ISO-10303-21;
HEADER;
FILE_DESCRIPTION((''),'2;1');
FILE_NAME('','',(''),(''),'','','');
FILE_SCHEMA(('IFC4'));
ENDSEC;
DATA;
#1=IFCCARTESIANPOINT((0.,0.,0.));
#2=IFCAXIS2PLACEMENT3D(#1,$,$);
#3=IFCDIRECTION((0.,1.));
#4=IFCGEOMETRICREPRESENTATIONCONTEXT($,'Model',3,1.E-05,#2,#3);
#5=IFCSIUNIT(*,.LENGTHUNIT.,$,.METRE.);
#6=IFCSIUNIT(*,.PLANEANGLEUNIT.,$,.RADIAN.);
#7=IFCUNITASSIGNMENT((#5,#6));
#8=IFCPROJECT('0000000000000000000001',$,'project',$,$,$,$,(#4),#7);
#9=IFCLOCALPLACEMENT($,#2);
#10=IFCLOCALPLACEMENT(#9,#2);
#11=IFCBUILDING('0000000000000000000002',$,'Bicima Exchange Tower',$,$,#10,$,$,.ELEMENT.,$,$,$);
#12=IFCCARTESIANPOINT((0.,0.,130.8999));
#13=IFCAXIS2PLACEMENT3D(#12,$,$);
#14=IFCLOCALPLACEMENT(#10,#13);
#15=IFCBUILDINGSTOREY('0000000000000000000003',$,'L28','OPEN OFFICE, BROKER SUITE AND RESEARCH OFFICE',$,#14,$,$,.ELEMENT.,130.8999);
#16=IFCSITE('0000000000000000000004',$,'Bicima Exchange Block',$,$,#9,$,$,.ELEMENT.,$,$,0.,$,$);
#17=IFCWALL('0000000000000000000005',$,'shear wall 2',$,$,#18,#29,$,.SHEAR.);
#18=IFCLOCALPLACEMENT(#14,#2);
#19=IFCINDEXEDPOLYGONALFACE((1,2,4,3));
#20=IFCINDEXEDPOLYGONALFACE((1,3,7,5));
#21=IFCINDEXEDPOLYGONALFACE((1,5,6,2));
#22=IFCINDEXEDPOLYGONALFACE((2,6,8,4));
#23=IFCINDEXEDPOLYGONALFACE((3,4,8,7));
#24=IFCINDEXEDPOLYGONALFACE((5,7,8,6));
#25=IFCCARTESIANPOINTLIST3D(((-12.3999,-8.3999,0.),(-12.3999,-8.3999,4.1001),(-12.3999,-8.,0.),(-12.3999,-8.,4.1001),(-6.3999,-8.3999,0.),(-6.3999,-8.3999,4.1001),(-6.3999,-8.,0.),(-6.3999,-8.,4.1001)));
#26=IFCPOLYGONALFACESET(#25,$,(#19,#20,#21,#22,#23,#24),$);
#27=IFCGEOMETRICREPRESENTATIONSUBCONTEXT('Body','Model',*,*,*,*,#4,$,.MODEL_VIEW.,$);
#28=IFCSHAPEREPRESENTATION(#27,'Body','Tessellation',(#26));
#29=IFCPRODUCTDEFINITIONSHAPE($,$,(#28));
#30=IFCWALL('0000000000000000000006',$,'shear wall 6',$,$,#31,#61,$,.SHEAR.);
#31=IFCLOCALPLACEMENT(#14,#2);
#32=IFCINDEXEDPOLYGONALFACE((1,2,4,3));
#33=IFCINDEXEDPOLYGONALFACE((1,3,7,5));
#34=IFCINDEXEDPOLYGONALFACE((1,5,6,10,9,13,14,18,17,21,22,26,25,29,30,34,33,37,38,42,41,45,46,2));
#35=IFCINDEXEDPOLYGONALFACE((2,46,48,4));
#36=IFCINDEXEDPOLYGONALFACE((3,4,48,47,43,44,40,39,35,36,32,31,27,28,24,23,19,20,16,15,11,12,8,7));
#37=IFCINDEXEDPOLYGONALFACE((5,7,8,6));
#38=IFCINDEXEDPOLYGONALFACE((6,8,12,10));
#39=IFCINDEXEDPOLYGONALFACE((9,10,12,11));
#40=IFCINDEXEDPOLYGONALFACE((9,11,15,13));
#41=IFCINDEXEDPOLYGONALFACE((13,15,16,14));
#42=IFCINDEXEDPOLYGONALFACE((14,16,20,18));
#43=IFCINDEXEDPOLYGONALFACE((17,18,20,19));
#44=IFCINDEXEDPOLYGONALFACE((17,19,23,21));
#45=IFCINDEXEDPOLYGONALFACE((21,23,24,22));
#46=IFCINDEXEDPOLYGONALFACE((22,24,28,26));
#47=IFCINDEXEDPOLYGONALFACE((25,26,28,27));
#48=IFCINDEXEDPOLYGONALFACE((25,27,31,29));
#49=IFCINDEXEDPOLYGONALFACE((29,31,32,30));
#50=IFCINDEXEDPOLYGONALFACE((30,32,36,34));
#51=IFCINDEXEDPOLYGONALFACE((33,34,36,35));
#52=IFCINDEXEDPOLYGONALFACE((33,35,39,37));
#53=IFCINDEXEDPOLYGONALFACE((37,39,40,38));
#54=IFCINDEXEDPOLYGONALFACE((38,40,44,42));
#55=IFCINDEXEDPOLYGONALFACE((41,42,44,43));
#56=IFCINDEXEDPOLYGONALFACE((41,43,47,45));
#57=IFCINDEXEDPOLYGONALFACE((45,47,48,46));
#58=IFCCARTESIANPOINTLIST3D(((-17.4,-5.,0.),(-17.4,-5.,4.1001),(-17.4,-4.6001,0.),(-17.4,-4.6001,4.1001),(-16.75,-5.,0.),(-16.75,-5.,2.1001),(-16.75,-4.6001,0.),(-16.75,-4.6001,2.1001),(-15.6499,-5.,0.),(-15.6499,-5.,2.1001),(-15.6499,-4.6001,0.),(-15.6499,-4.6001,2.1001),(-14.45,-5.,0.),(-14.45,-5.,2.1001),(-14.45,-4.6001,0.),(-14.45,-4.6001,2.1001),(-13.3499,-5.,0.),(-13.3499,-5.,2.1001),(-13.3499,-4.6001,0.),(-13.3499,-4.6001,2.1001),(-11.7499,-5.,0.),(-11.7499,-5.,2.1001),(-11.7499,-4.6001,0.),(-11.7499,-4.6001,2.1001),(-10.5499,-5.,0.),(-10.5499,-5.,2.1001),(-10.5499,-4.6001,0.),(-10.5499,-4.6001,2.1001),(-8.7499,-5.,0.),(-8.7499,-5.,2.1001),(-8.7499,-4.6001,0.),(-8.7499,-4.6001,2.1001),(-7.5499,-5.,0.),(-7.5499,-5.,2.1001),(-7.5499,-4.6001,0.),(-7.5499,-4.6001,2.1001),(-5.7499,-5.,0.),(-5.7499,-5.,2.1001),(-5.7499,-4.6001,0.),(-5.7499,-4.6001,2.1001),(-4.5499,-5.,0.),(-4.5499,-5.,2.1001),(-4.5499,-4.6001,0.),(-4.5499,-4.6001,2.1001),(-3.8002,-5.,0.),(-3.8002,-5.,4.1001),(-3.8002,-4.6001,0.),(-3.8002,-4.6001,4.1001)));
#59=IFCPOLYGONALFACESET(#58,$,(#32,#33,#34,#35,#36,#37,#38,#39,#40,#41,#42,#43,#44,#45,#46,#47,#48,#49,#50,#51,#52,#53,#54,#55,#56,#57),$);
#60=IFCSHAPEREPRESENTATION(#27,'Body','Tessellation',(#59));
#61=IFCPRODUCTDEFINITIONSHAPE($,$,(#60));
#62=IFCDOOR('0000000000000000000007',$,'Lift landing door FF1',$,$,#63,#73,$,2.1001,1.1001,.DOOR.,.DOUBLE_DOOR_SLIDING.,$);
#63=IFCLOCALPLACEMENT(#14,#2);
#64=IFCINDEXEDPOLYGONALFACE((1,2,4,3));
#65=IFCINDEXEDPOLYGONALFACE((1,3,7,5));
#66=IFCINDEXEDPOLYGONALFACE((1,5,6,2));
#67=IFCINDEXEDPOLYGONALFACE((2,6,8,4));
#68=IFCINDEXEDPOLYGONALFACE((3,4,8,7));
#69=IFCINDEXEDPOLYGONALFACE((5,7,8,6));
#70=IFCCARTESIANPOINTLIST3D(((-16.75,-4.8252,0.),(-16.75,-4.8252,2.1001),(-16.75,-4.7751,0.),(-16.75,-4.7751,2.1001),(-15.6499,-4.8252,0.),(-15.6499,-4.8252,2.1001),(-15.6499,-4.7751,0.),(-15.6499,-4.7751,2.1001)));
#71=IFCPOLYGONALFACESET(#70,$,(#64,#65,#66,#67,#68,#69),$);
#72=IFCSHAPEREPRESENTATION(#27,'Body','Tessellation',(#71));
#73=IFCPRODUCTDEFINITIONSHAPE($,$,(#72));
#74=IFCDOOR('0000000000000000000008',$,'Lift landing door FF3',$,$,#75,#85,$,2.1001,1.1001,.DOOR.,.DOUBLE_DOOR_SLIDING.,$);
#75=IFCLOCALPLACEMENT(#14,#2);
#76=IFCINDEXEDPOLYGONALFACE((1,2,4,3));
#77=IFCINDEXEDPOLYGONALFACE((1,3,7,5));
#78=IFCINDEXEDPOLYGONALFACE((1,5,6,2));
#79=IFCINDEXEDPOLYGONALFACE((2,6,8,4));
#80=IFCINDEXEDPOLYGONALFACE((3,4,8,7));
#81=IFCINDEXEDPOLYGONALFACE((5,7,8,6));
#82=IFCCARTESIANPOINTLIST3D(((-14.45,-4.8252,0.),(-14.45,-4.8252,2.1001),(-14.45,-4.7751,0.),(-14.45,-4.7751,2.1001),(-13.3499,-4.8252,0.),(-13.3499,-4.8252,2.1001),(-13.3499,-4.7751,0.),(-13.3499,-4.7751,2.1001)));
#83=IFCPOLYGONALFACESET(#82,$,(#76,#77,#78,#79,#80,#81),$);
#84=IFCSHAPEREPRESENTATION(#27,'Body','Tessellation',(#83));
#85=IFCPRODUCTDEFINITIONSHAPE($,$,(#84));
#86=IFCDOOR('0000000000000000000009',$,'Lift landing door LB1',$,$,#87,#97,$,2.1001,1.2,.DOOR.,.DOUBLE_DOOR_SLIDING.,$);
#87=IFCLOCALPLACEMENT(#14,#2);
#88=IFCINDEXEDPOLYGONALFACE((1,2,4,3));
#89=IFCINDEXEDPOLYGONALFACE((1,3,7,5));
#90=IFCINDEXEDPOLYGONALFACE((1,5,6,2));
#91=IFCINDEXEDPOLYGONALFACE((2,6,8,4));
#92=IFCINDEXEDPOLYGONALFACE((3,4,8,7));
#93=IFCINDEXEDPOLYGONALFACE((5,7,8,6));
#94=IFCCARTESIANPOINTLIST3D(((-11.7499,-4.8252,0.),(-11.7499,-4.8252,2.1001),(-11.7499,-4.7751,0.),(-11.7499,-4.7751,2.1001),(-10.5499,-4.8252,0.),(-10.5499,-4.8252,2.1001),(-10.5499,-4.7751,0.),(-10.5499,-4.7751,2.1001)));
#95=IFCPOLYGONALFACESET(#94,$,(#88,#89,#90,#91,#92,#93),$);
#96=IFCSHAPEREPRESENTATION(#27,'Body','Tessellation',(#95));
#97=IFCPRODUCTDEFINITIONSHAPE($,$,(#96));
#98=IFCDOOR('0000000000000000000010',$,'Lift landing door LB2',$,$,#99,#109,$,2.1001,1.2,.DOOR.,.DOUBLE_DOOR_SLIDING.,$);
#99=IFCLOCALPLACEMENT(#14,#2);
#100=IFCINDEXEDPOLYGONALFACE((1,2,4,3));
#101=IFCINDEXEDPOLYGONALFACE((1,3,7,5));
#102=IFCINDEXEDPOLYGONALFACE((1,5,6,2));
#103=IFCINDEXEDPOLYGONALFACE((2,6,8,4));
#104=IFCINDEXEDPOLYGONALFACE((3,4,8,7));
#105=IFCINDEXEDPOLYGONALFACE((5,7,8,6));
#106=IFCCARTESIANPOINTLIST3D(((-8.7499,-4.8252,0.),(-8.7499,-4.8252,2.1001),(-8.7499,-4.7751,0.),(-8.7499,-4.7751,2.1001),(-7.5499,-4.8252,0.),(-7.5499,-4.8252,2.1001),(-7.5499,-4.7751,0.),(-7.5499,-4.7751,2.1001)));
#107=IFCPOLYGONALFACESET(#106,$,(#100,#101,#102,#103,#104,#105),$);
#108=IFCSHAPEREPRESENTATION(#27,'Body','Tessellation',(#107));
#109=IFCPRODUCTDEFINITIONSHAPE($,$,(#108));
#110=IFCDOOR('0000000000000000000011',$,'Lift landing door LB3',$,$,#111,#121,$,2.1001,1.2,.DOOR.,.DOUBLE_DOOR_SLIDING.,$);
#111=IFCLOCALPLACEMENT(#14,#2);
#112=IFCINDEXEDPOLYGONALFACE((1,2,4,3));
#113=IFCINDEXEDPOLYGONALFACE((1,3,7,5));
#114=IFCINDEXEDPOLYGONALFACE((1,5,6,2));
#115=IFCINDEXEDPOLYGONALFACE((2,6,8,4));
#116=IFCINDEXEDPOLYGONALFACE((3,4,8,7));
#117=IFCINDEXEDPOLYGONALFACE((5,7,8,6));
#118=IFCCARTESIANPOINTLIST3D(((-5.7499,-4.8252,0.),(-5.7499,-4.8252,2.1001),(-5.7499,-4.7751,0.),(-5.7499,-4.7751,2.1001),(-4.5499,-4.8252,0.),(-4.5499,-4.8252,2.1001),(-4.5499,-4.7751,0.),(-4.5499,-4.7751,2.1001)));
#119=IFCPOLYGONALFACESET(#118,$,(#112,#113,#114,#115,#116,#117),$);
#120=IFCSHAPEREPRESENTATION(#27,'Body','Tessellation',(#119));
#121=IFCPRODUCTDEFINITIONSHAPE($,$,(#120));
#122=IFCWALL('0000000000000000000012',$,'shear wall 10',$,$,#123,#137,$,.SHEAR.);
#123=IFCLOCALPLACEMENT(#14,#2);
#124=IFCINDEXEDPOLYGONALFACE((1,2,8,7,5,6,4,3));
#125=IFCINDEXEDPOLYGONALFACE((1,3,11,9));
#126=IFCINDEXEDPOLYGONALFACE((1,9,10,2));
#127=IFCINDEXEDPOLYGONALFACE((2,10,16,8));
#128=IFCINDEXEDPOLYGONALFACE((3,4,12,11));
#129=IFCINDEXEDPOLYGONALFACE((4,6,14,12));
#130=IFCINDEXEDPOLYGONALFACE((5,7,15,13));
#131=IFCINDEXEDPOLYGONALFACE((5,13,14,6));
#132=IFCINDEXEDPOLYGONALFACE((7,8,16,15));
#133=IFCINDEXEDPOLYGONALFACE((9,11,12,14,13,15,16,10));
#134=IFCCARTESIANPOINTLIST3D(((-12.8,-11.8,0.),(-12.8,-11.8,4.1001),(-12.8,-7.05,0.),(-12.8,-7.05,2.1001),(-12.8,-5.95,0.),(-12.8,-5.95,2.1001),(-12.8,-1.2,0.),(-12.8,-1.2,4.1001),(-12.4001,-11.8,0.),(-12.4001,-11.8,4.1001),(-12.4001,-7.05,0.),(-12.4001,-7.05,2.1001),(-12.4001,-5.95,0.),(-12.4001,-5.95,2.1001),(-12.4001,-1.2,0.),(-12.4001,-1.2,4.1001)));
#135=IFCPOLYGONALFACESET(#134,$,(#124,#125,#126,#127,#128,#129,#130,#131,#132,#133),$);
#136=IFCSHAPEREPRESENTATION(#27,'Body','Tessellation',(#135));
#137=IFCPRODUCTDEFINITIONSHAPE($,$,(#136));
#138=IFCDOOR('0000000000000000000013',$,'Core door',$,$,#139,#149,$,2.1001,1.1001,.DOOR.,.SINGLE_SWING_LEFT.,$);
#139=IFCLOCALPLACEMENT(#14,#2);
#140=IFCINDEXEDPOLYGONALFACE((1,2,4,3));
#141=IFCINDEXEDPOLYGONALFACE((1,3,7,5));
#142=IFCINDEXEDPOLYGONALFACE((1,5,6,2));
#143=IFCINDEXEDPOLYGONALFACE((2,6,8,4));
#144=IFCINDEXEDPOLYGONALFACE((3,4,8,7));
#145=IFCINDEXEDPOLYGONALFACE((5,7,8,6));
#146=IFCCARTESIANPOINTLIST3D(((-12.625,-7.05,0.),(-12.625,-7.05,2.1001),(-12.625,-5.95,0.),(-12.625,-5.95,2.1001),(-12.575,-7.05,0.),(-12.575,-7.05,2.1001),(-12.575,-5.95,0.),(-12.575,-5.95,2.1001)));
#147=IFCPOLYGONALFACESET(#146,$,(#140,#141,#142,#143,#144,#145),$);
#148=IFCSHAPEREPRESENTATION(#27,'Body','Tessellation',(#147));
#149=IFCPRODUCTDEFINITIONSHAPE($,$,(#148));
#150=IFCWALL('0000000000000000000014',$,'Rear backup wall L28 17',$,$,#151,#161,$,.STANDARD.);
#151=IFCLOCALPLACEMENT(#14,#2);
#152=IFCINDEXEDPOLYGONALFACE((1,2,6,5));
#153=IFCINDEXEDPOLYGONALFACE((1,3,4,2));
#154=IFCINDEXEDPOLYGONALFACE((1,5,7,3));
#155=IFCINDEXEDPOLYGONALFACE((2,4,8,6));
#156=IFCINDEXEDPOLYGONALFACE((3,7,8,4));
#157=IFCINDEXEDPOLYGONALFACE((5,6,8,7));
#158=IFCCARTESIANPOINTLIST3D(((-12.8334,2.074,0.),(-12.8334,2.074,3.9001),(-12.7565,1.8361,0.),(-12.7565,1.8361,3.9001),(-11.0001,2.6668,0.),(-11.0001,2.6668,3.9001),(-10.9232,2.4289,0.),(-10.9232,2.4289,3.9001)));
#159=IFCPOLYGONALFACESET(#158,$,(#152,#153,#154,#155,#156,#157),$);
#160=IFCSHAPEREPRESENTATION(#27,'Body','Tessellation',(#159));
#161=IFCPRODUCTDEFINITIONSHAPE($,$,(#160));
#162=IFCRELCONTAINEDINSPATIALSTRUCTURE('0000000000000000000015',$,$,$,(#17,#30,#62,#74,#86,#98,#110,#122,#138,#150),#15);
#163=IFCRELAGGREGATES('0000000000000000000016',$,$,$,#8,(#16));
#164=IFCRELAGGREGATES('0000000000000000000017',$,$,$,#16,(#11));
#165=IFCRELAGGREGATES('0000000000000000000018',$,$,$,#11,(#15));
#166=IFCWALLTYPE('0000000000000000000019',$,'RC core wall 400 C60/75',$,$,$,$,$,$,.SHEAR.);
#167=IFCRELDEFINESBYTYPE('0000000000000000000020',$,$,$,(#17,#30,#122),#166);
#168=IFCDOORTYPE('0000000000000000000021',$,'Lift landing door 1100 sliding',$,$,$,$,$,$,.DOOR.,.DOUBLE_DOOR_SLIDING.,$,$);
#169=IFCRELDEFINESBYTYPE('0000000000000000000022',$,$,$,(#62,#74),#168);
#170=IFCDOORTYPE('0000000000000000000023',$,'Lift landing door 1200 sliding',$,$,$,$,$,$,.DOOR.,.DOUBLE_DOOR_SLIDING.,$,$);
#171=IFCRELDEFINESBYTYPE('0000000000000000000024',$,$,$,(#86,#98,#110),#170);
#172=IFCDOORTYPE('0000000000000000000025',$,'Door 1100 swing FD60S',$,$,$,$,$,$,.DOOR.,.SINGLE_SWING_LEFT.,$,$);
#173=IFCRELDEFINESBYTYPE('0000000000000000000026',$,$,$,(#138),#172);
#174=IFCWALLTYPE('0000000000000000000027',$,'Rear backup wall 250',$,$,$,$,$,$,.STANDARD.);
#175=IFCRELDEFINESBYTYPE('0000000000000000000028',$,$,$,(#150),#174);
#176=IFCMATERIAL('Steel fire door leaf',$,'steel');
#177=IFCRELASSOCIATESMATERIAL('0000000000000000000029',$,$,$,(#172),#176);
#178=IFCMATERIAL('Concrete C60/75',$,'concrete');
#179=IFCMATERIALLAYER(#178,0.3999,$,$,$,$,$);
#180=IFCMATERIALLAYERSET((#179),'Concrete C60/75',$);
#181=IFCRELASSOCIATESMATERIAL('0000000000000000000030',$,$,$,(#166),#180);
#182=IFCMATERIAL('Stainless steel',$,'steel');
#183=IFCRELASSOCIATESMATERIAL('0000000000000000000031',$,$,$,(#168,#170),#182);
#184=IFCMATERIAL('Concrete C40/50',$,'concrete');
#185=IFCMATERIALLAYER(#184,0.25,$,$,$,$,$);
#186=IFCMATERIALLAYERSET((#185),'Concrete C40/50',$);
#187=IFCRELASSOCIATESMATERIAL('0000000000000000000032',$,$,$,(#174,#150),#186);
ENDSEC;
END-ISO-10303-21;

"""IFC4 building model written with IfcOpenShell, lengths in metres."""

from ifc_helpers import new_model, si_unit, direction, frame, frame_2d, origin, place, context, subcontext, project, spatial, rectangle, extrude, material, layer, layer_set, layer_usage, type_object, element, fill, save


model = new_model("IFC4")

# Units and contexts
model_context = context("Model", 3, precision=1e-05, world=origin(), true_north=direction((0.0, 1.0)))
body_context = subcontext(model_context, "Body", "Model", "MODEL_VIEW")
ifc_project = project(units=[si_unit("LENGTHUNIT", "METRE"), si_unit("PLANEANGLEUNIT", "RADIAN")], contexts=[model_context])

# Site, building, storey
site_placement = place(None, origin())
site = spatial("IfcSite", under=ifc_project, at=site_placement, Name="Bicima Exchange Block", CompositionType="ELEMENT", RefElevation=0.0)
building_placement = place(site_placement, origin())
building = spatial("IfcBuilding", under=site, at=building_placement, Name="Bicima Exchange Tower", CompositionType="ELEMENT")
storey_placement = place(building_placement, frame((0.0, 0.0, 130.8999)))
storey = spatial("IfcBuildingStorey", under=building, at=storey_placement, Name="L28", Description="OPEN OFFICE, BROKER SUITE AND RESEARCH OFFICE", CompositionType="ELEMENT", Elevation=130.8999)

# Shared definitions
ifc_material_1 = material(Name="Steel fire door leaf", Category="steel")
door_type_1 = type_object("IfcDoorType", Name="Door 1100 swing FD60S", OperationType="SINGLE_SWING_LEFT", PredefinedType="DOOR", material=ifc_material_1)

# Wall
ifc_material_2 = material(Name="Concrete C60/75", Category="concrete")
ifc_layer_1 = layer(ifc_material_2, 0.3999)
ifc_layer_set_1 = layer_set([ifc_layer_1], Name="Concrete C60/75")
wall_type_1 = type_object("IfcWallType", Name="RC core wall 400 C60/75", PredefinedType="SHEAR", material=ifc_layer_set_1)
wall_1_placement = place(storey_placement, frame((-12.3999, -8.2, 0.0), z_axis=(0.0, 0.0, 1.0), x_axis=(1.0, 0.0, 0.0)))
element("IfcWall", 1, at=wall_1_placement, inside=storey, type_object=wall_type_1, Name="shear wall 2", PredefinedType="SHEAR", context=body_context, shape_type="SweptSolid", body=[
    extrude(rectangle(XDim=6.0, YDim=0.3999, at=frame_2d((3.0, 0.0))), origin(), (0.0, 0.0, 1.0), 4.1001),
])

# Wall, openings, doors
wall_2_placement = place(storey_placement, frame((-17.3999, -4.8, 0.0), z_axis=(0.0, 0.0, 1.0), x_axis=(1.0, 0.0, 0.0)))
wall_2 = element("IfcWall", 2, at=wall_2_placement, inside=storey, type_object=wall_type_1, Name="shear wall 6", PredefinedType="SHEAR", context=body_context, shape_type="SweptSolid", body=[
    extrude(rectangle(XDim=13.5999, YDim=0.3999, at=frame_2d((6.7998, 0.0))), origin(), (0.0, 0.0, 1.0), 4.1001),
])
opening_1_placement = place(wall_2_placement, frame((0.6499, 0.0, 0.0)))
opening_1 = element("IfcOpeningElement", 3, at=opening_1_placement, cuts=wall_2, PredefinedType="OPENING", context=body_context, shape_type="SweptSolid", body=[
    extrude(rectangle(XDim=1.1001, YDim=2.1001, at=frame_2d((0.55, 1.05))), frame((0.0, 0.2119, 0.0), z_axis=(0.0, -1.0, 0.0), x_axis=(1.0, 0.0, 0.0)), (0.0, 0.0, 1.0), 0.4238),
])
opening_2_placement = place(wall_2_placement, frame((2.95, 0.0, 0.0)))
opening_2 = element("IfcOpeningElement", 4, at=opening_2_placement, cuts=wall_2, PredefinedType="OPENING", context=body_context, shape_type="SweptSolid", body=[
    extrude(rectangle(XDim=1.1001, YDim=2.1001, at=frame_2d((0.55, 1.05))), frame((0.0, 0.2119, 0.0), z_axis=(0.0, -1.0, 0.0), x_axis=(1.0, 0.0, 0.0)), (0.0, 0.0, 1.0), 0.4238),
])
opening_3_placement = place(wall_2_placement, frame((5.6499, 0.0, 0.0)))
opening_3 = element("IfcOpeningElement", 5, at=opening_3_placement, cuts=wall_2, PredefinedType="OPENING", context=body_context, shape_type="SweptSolid", body=[
    extrude(rectangle(XDim=1.2, YDim=2.1001, at=frame_2d((0.6001, 1.05))), frame((0.0, 0.2119, 0.0), z_axis=(0.0, -1.0, 0.0), x_axis=(1.0, 0.0, 0.0)), (0.0, 0.0, 1.0), 0.4238),
])
opening_4_placement = place(wall_2_placement, frame((8.6499, 0.0, 0.0)))
opening_4 = element("IfcOpeningElement", 6, at=opening_4_placement, cuts=wall_2, PredefinedType="OPENING", context=body_context, shape_type="SweptSolid", body=[
    extrude(rectangle(XDim=1.2, YDim=2.1001, at=frame_2d((0.6001, 1.05))), frame((0.0, 0.2119, 0.0), z_axis=(0.0, -1.0, 0.0), x_axis=(1.0, 0.0, 0.0)), (0.0, 0.0, 1.0), 0.4238),
])
opening_5_placement = place(wall_2_placement, frame((11.6499, 0.0, 0.0)))
opening_5 = element("IfcOpeningElement", 7, at=opening_5_placement, cuts=wall_2, PredefinedType="OPENING", context=body_context, shape_type="SweptSolid", body=[
    extrude(rectangle(XDim=1.2, YDim=2.1001, at=frame_2d((0.6001, 1.05))), frame((0.0, 0.2119, 0.0), z_axis=(0.0, -1.0, 0.0), x_axis=(1.0, 0.0, 0.0)), (0.0, 0.0, 1.0), 0.4238),
])
ifc_material_3 = material(Name="Stainless steel", Category="steel")
door_type_2 = type_object("IfcDoorType", Name="Lift landing door 1100 sliding", OperationType="DOUBLE_DOOR_SLIDING", PredefinedType="DOOR", material=ifc_material_3)
door_1_placement = place(opening_1_placement, origin())
door_1 = element("IfcDoor", 8, at=door_1_placement, inside=storey, type_object=door_type_2, Name="Lift landing door FF1", OperationType="DOUBLE_DOOR_SLIDING", OverallHeight=2.1001, OverallWidth=1.1001, PredefinedType="DOOR", context=body_context, shape_type="SweptSolid", body=[
    extrude(rectangle(XDim=1.1001, YDim=2.1001, at=frame_2d((0.55, 1.05))), frame((0.0, 0.0249, 0.0), z_axis=(0.0, -1.0, 0.0), x_axis=(1.0, 0.0, 0.0)), (0.0, 0.0, 1.0), 0.05),
])
fill(opening_1, door_1)
door_2_placement = place(opening_2_placement, origin())
door_2 = element("IfcDoor", 9, at=door_2_placement, inside=storey, type_object=door_type_2, Name="Lift landing door FF3", OperationType="DOUBLE_DOOR_SLIDING", OverallHeight=2.1001, OverallWidth=1.1001, PredefinedType="DOOR", context=body_context, shape_type="SweptSolid", body=[
    extrude(rectangle(XDim=1.1001, YDim=2.1001, at=frame_2d((0.55, 1.05))), frame((0.0, 0.0249, 0.0), z_axis=(0.0, -1.0, 0.0), x_axis=(1.0, 0.0, 0.0)), (0.0, 0.0, 1.0), 0.05),
])
fill(opening_2, door_2)
door_type_3 = type_object("IfcDoorType", Name="Lift landing door 1200 sliding", OperationType="DOUBLE_DOOR_SLIDING", PredefinedType="DOOR", material=ifc_material_3)
door_3_placement = place(opening_3_placement, origin())
door_3 = element("IfcDoor", 10, at=door_3_placement, inside=storey, type_object=door_type_3, Name="Lift landing door LB1", OperationType="DOUBLE_DOOR_SLIDING", OverallHeight=2.1001, OverallWidth=1.2, PredefinedType="DOOR", context=body_context, shape_type="SweptSolid", body=[
    extrude(rectangle(XDim=1.2, YDim=2.1001, at=frame_2d((0.6001, 1.05))), frame((0.0, 0.0249, 0.0), z_axis=(0.0, -1.0, 0.0), x_axis=(1.0, 0.0, 0.0)), (0.0, 0.0, 1.0), 0.05),
])
fill(opening_3, door_3)
door_4_placement = place(opening_4_placement, origin())
door_4 = element("IfcDoor", 11, at=door_4_placement, inside=storey, type_object=door_type_3, Name="Lift landing door LB2", OperationType="DOUBLE_DOOR_SLIDING", OverallHeight=2.1001, OverallWidth=1.2, PredefinedType="DOOR", context=body_context, shape_type="SweptSolid", body=[
    extrude(rectangle(XDim=1.2, YDim=2.1001, at=frame_2d((0.6001, 1.05))), frame((0.0, 0.0249, 0.0), z_axis=(0.0, -1.0, 0.0), x_axis=(1.0, 0.0, 0.0)), (0.0, 0.0, 1.0), 0.05),
])
fill(opening_4, door_4)
door_5_placement = place(opening_5_placement, origin())
door_5 = element("IfcDoor", 12, at=door_5_placement, inside=storey, type_object=door_type_3, Name="Lift landing door LB3", OperationType="DOUBLE_DOOR_SLIDING", OverallHeight=2.1001, OverallWidth=1.2, PredefinedType="DOOR", context=body_context, shape_type="SweptSolid", body=[
    extrude(rectangle(XDim=1.2, YDim=2.1001, at=frame_2d((0.6001, 1.05))), frame((0.0, 0.0249, 0.0), z_axis=(0.0, -1.0, 0.0), x_axis=(1.0, 0.0, 0.0)), (0.0, 0.0, 1.0), 0.05),
])
fill(opening_5, door_5)

# Wall, opening, door
wall_3_placement = place(storey_placement, frame((-12.6001, -11.8, 0.0), z_axis=(0.0, 0.0, 1.0), x_axis=(0.0, 1.0, 0.0)))
wall_3 = element("IfcWall", 13, at=wall_3_placement, inside=storey, type_object=wall_type_1, Name="shear wall 10", PredefinedType="SHEAR", context=body_context, shape_type="SweptSolid", body=[
    extrude(rectangle(XDim=10.6001, YDim=0.3999, at=frame_2d((5.3, 0.0))), origin(), (0.0, 0.0, 1.0), 4.1001),
])
opening_6_placement = place(wall_3_placement, frame((4.75, 0.0, 0.0)))
opening_6 = element("IfcOpeningElement", 14, at=opening_6_placement, cuts=wall_3, PredefinedType="OPENING", context=body_context, shape_type="SweptSolid", body=[
    extrude(rectangle(XDim=1.1001, YDim=2.1001, at=frame_2d((0.55, 1.05))), frame((0.0, 0.2119, 0.0), z_axis=(0.0, -1.0, 0.0), x_axis=(1.0, 0.0, 0.0)), (0.0, 0.0, 1.0), 0.4238),
])
door_6_placement = place(opening_6_placement, origin())
door_6 = element("IfcDoor", 15, at=door_6_placement, inside=storey, type_object=door_type_1, Name="Core door", OperationType="SINGLE_SWING_LEFT", OverallHeight=2.1001, OverallWidth=1.1001, PredefinedType="DOOR", context=body_context, shape_type="SweptSolid", body=[
    extrude(rectangle(XDim=1.1001, YDim=2.1001, at=frame_2d((0.55, 1.05))), frame((0.0, 0.0249, 0.0), z_axis=(0.0, -1.0, 0.0), x_axis=(1.0, 0.0, 0.0)), (0.0, 0.0, 1.0), 0.05),
])
fill(opening_6, door_6)

# Wall
ifc_material_4 = material(Name="Concrete C40/50", Category="concrete")
ifc_layer_2 = layer(ifc_material_4, 0.25)
ifc_layer_set_2 = layer_set([ifc_layer_2], Name="Concrete C40/50")
ifc_layer_usage = layer_usage(ifc_layer_set_2, "AXIS2", "POSITIVE", -0.125)
wall_type_2 = type_object("IfcWallType", Name="Rear backup wall 250", PredefinedType="STANDARD", material=ifc_layer_set_2)
wall_4_placement = place(storey_placement, frame((-10.9617, 2.5479, 0.0), z_axis=(0.0, 0.0, 1.0), x_axis=(-0.951496, -0.307662, 0.0)))
element("IfcWall", 16, at=wall_4_placement, inside=storey, type_object=wall_type_2, material=ifc_layer_usage, Name="Rear backup wall L28 17", PredefinedType="STANDARD", context=body_context, shape_type="SweptSolid", body=[
    extrude(rectangle(XDim=1.9268, YDim=0.25, at=frame_2d((0.9634, 0.0))), origin(), (0.0, 0.0, 1.0), 3.9001),
])

save(model, "model.ifc")
